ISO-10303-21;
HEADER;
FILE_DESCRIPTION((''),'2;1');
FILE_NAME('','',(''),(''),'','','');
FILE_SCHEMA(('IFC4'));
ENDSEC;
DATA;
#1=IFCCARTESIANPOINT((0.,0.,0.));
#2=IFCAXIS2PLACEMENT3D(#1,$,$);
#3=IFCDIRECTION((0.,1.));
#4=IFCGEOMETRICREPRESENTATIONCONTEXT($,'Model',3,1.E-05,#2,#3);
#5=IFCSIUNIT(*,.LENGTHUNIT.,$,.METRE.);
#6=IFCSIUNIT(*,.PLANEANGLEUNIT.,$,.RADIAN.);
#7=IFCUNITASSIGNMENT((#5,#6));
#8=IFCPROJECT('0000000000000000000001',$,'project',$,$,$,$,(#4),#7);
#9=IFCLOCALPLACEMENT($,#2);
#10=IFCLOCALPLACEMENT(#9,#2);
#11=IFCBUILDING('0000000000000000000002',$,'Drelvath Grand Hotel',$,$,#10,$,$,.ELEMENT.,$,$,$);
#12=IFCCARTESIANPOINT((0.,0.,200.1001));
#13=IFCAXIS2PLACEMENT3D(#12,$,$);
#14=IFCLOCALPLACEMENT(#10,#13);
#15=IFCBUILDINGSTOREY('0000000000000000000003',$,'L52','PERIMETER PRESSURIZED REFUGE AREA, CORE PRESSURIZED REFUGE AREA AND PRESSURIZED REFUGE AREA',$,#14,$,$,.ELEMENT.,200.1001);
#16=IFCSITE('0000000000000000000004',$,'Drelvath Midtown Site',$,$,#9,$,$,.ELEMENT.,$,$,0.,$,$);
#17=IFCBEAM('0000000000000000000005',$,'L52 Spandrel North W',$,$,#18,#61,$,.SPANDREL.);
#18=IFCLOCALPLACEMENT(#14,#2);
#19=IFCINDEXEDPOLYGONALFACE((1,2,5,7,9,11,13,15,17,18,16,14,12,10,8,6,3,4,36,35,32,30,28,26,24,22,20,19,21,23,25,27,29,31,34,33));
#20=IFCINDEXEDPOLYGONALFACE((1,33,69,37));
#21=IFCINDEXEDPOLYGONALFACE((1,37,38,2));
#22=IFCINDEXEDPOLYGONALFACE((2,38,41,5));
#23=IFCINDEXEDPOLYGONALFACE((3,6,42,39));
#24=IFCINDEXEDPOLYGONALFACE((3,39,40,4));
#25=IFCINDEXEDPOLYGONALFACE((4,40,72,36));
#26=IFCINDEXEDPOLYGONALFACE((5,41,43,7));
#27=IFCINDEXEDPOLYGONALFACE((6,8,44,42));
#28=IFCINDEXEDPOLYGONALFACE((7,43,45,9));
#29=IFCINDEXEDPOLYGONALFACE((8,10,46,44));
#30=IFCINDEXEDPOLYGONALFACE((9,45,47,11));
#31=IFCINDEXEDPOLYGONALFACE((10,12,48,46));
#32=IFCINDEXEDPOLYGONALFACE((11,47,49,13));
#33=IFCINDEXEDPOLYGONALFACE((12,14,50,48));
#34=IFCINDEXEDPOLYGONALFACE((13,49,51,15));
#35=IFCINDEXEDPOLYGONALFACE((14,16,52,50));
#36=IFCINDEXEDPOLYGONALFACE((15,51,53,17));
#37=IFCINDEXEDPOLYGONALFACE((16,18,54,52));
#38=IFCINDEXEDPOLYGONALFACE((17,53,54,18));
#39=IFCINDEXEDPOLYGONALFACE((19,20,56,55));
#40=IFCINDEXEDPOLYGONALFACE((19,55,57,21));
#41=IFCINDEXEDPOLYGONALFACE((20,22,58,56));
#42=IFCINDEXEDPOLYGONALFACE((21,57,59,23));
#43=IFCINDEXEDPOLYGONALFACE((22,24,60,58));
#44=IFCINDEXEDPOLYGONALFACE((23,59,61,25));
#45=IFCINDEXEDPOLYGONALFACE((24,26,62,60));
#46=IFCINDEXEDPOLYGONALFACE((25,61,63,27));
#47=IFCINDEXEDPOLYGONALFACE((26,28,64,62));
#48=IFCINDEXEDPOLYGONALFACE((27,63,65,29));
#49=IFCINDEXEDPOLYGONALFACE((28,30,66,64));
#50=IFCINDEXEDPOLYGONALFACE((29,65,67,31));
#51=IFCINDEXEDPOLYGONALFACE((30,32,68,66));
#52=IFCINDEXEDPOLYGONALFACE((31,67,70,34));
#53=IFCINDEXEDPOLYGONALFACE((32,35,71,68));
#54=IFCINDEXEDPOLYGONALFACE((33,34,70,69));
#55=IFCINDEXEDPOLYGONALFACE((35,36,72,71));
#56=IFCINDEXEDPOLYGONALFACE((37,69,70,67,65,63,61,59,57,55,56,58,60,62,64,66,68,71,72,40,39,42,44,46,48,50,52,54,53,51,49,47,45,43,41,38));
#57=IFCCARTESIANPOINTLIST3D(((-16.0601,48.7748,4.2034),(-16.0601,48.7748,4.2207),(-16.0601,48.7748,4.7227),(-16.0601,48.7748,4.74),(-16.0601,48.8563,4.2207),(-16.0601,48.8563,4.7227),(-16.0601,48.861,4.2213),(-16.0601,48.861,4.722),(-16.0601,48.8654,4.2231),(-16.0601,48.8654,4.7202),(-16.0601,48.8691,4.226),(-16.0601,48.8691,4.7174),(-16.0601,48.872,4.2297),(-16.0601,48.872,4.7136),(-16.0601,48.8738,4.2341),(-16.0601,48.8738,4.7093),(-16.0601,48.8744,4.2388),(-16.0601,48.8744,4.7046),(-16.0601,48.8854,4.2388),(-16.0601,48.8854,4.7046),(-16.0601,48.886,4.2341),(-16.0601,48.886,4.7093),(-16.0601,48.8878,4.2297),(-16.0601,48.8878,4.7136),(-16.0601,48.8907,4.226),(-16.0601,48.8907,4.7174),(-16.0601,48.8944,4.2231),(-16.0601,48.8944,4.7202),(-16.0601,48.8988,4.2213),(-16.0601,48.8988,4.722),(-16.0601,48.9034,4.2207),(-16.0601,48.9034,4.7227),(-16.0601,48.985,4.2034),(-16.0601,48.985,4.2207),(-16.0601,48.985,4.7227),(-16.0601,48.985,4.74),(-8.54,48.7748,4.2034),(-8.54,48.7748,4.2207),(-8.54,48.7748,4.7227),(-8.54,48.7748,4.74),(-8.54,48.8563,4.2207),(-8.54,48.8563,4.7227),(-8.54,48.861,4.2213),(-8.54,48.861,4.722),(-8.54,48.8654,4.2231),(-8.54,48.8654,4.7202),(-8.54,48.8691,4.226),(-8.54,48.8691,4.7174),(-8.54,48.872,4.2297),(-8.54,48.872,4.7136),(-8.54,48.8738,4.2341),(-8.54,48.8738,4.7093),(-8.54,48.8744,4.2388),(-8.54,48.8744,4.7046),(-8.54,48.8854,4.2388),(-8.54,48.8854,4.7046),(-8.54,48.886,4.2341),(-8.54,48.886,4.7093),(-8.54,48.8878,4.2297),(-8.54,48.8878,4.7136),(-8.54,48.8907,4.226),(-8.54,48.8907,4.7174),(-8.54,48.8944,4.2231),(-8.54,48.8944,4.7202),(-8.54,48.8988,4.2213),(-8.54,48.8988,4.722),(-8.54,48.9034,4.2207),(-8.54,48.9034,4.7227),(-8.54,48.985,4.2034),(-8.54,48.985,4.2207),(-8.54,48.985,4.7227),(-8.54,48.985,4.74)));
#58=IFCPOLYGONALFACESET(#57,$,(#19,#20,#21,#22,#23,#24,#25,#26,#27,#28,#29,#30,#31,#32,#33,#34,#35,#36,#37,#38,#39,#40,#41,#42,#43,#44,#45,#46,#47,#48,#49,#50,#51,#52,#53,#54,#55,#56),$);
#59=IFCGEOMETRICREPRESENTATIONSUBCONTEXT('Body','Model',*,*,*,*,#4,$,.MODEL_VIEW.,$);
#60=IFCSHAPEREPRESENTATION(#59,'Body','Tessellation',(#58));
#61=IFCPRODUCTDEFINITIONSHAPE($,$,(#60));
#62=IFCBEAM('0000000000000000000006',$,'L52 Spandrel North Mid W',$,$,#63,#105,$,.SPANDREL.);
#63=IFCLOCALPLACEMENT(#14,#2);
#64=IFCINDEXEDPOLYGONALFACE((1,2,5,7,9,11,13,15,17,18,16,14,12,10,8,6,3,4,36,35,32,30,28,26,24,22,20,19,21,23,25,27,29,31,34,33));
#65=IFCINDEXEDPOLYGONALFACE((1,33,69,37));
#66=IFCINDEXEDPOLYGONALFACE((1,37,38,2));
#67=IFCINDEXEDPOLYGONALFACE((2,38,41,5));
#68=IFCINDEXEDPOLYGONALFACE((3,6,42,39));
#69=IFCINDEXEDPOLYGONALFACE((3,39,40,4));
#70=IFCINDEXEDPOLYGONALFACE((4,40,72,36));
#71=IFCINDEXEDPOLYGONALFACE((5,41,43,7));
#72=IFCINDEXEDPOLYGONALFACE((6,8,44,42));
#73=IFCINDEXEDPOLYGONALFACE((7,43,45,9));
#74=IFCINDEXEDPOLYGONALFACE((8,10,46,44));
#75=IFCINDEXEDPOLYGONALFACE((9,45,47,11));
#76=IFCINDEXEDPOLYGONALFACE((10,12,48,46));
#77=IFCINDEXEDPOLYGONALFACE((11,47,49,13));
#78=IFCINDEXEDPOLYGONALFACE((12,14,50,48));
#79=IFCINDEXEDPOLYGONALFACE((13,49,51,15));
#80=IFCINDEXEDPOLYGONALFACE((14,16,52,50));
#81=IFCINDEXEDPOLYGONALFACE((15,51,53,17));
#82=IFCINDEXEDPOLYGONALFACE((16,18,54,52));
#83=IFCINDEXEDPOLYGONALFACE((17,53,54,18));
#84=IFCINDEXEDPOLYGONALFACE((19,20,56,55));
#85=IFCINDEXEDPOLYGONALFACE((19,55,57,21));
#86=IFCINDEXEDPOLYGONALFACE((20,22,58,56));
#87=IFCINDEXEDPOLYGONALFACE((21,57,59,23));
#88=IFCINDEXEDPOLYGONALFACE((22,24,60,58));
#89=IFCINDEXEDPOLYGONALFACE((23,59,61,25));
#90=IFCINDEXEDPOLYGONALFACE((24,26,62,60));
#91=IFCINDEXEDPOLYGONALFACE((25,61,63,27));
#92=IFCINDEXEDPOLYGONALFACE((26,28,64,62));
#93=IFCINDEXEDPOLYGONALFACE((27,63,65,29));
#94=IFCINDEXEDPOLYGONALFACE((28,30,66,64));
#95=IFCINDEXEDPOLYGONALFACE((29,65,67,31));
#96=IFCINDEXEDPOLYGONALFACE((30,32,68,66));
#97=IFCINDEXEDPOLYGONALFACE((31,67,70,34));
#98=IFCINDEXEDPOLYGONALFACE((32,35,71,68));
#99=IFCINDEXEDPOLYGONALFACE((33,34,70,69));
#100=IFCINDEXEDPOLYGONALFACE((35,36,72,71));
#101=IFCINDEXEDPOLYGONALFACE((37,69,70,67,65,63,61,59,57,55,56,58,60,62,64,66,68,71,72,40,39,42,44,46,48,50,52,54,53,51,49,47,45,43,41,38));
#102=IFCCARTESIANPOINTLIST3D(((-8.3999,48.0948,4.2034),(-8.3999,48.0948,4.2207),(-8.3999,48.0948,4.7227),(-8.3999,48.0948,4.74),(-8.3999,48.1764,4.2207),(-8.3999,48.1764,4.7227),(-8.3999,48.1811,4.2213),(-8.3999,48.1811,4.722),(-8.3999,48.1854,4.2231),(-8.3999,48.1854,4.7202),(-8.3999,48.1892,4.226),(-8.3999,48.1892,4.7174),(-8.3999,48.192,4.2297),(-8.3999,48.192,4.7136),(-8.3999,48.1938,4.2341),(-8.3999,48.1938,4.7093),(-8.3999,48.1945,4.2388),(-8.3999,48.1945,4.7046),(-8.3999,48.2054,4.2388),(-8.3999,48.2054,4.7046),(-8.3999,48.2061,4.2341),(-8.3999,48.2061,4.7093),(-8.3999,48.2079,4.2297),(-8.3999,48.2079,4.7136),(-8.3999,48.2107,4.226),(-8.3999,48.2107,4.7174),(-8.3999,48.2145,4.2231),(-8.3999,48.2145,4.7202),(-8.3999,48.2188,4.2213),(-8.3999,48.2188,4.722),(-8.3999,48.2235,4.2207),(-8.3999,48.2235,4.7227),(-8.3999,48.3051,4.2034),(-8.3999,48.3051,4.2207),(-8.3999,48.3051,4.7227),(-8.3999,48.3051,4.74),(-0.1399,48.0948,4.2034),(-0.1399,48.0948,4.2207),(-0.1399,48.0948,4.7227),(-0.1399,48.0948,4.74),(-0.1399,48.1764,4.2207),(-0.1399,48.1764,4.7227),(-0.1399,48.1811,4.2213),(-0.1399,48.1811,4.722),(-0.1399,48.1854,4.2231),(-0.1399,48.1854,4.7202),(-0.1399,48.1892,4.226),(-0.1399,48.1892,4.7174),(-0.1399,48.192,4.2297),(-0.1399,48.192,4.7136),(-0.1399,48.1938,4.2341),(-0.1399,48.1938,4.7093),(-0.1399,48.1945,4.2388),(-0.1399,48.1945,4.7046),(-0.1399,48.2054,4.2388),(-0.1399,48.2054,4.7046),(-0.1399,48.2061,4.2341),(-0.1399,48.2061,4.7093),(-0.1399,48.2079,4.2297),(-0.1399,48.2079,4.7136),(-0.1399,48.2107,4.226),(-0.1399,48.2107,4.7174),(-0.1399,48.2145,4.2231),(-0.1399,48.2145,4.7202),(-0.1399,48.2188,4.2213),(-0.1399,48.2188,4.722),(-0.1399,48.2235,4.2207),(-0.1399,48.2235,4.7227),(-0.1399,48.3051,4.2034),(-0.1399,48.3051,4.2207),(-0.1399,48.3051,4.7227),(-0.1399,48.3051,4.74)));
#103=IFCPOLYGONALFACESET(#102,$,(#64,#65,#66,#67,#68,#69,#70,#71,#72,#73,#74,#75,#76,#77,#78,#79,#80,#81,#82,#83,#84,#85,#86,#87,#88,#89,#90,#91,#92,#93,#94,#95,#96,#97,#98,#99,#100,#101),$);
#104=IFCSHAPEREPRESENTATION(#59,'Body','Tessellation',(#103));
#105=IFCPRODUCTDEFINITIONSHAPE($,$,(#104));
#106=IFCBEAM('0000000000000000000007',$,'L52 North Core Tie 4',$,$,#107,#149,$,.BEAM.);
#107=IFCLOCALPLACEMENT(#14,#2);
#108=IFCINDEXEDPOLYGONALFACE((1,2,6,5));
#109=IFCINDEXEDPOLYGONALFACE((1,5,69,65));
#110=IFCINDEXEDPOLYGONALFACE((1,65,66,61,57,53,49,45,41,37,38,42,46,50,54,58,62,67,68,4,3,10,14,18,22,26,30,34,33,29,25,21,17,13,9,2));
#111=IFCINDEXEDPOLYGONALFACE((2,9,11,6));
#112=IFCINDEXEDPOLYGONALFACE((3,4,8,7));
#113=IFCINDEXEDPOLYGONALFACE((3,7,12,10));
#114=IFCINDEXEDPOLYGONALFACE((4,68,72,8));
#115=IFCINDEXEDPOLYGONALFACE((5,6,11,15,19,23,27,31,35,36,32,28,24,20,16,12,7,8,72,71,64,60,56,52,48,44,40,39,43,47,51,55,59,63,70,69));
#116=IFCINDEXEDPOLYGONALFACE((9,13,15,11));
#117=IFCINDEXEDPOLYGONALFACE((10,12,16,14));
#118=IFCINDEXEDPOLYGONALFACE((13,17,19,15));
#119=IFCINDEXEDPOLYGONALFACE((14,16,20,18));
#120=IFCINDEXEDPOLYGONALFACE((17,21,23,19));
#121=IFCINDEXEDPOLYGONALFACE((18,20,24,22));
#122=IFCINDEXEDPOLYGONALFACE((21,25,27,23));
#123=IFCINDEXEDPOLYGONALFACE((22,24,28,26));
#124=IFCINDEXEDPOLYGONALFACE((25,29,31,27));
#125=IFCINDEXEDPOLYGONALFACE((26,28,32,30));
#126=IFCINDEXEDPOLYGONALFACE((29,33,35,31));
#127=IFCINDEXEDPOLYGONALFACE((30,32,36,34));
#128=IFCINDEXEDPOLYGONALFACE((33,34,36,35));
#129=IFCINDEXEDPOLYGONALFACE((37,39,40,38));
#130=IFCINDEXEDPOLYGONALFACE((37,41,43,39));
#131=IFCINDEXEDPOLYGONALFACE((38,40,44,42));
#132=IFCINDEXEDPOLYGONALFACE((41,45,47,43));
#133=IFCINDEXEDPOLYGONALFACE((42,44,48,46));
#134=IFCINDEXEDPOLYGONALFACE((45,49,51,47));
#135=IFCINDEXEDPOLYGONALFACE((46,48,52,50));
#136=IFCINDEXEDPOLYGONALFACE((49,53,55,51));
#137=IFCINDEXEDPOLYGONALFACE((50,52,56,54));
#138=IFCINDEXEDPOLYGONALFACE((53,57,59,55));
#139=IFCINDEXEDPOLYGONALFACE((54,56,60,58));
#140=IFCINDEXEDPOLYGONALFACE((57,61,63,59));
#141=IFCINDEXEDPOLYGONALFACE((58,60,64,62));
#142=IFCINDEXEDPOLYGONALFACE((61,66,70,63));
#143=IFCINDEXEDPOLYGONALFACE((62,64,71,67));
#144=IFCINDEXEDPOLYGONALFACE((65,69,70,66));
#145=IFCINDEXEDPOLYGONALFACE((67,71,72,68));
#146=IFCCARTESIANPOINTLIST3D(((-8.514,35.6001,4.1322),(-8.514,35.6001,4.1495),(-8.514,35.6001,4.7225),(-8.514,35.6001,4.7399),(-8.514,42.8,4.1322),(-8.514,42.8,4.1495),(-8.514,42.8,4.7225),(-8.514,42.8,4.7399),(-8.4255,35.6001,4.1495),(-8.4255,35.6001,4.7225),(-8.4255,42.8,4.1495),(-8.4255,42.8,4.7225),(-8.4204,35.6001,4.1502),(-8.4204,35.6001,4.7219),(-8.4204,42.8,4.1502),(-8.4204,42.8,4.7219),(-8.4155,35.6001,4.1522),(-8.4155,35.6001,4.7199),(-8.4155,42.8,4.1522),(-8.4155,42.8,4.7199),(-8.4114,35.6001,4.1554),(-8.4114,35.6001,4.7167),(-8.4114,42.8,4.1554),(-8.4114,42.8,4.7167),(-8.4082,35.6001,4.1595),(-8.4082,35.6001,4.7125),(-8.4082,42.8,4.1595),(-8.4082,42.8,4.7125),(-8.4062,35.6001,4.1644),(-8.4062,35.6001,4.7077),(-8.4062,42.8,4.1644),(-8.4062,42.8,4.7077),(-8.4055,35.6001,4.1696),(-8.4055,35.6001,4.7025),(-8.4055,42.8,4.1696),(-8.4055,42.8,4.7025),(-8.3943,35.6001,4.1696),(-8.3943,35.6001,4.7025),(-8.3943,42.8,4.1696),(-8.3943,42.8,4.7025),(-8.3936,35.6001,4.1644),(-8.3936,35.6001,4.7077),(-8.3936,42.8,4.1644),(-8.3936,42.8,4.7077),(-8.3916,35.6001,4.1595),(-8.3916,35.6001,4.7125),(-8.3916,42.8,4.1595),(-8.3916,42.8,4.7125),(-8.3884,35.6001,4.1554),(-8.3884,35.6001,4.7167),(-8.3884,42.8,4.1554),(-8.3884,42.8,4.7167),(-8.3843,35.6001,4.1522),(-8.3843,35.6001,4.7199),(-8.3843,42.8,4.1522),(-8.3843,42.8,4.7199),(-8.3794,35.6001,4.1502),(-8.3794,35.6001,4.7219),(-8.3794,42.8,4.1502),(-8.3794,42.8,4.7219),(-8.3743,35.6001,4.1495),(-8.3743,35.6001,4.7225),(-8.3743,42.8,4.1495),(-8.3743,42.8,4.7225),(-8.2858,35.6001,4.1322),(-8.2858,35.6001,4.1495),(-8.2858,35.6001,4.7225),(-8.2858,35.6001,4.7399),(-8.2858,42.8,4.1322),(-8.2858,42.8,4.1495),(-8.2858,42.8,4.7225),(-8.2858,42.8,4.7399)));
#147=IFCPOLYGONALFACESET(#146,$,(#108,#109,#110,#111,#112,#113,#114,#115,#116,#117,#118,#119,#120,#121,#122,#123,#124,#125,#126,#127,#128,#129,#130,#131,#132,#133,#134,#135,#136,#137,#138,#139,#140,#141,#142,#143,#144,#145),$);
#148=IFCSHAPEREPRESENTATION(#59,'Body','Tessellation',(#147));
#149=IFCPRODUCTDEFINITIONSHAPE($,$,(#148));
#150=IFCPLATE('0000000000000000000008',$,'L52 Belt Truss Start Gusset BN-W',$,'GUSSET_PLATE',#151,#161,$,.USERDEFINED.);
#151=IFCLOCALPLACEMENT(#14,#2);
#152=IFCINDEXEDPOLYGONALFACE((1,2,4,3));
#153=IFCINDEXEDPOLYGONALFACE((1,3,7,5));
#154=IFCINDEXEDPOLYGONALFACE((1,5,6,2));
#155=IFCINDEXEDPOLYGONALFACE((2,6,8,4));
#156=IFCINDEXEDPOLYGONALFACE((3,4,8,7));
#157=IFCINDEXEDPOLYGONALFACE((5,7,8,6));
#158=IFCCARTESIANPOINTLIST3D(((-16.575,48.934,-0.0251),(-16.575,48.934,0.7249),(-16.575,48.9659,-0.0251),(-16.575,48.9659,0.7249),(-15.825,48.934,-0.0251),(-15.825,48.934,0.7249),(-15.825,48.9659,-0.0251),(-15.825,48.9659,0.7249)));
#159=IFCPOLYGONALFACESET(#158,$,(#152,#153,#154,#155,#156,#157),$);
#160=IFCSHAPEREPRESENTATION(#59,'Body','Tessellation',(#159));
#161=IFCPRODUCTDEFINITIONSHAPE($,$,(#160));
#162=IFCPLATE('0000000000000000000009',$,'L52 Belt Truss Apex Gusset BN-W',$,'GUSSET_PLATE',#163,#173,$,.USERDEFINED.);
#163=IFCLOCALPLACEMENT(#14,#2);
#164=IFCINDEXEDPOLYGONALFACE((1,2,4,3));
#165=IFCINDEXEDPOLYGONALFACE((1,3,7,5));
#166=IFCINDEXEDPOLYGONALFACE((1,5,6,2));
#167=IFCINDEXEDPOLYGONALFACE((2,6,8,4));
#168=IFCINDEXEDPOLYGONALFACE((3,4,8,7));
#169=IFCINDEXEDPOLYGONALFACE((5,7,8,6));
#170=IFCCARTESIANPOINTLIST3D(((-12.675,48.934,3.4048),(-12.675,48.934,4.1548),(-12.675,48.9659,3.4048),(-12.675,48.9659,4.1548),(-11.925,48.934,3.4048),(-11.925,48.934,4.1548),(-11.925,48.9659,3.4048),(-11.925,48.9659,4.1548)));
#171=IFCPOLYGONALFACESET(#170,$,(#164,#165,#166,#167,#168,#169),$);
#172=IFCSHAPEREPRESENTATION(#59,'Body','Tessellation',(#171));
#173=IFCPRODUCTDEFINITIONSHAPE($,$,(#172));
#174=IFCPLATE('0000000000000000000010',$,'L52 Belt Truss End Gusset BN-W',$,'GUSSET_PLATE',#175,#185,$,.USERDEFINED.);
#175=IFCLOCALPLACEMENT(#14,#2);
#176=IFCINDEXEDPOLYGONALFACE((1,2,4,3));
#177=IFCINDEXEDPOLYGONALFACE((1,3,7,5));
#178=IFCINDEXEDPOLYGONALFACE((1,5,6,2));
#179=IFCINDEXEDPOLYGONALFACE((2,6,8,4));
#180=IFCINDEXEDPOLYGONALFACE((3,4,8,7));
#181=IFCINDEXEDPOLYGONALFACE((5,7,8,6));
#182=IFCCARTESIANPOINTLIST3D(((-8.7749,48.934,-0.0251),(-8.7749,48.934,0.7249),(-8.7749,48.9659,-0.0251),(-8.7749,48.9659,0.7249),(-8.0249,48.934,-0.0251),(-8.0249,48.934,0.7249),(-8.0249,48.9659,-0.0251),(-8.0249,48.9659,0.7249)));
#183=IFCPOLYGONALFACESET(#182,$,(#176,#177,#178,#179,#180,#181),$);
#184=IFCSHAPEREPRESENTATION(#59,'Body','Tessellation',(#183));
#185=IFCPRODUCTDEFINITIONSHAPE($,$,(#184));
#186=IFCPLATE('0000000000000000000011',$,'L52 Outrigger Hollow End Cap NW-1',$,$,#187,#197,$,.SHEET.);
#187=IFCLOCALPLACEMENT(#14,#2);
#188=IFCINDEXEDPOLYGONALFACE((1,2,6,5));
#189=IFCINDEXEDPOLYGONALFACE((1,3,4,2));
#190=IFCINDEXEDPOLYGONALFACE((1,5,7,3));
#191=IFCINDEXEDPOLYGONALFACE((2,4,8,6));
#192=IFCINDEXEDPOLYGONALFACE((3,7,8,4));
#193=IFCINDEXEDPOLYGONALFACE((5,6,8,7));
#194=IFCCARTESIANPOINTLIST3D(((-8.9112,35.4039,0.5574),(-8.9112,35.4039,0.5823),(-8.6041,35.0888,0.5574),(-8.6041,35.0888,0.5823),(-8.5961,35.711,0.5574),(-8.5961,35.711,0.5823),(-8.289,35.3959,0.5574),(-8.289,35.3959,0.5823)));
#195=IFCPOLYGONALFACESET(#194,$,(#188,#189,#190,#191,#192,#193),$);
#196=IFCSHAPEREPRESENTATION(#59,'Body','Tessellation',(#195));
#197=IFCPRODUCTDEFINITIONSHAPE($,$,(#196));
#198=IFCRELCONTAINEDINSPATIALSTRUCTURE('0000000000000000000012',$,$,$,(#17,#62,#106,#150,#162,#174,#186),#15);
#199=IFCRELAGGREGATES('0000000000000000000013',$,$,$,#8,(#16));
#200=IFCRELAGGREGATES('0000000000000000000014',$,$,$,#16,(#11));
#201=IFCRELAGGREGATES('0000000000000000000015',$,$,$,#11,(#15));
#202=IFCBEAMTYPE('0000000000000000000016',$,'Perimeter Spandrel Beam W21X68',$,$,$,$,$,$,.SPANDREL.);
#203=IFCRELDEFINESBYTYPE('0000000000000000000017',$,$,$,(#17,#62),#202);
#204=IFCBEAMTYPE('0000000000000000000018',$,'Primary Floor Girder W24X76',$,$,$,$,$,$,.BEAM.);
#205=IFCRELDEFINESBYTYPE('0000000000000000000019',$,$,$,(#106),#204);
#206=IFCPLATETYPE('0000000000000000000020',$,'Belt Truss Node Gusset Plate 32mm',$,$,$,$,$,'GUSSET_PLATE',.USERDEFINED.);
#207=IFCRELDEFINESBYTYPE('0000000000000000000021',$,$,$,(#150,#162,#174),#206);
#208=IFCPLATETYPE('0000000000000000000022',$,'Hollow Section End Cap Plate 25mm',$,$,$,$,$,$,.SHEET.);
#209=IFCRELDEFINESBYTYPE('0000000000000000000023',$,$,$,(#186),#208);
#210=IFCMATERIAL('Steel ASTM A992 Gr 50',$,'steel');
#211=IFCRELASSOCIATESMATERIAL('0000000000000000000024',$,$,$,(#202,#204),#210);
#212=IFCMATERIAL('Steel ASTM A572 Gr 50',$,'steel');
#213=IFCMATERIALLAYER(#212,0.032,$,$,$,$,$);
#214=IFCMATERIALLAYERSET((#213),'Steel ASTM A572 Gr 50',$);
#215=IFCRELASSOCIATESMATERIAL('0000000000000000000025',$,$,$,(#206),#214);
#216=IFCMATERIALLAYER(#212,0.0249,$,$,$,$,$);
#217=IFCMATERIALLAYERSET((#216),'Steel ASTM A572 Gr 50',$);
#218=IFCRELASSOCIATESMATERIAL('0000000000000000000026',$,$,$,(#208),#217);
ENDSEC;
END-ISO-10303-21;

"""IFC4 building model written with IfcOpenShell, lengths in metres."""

from ifc_helpers import new_model, si_unit, direction, frame, origin, origin_2d, place, context, subcontext, project, spatial, rectangle, i_section, extrude, material, layer, layer_set, material_profile, profile_set, type_object, element, save


model = new_model("IFC4")

# Units and contexts
model_context = context("Model", 3, precision=1e-05, world=origin(), true_north=direction((0.0, 1.0)))
body_context = subcontext(model_context, "Body", "Model", "MODEL_VIEW")
ifc_project = project(units=[si_unit("LENGTHUNIT", "METRE"), si_unit("PLANEANGLEUNIT", "RADIAN")], contexts=[model_context])

# Site, building, storey
site_placement = place(None, origin())
site = spatial("IfcSite", under=ifc_project, at=site_placement, Name="Drelvath Midtown Site", CompositionType="ELEMENT", RefElevation=0.0)
building_placement = place(site_placement, origin())
building = spatial("IfcBuilding", under=site, at=building_placement, Name="Drelvath Grand Hotel", CompositionType="ELEMENT")
storey_placement = place(building_placement, frame((0.0, 0.0, 200.1001)))
storey = spatial("IfcBuildingStorey", under=building, at=storey_placement, Name="L52", Description="PERIMETER PRESSURIZED REFUGE AREA, CORE PRESSURIZED REFUGE AREA AND PRESSURIZED REFUGE AREA", CompositionType="ELEMENT", Elevation=200.1001)

# Shared definitions
ifc_material_1 = material(Name="Steel ASTM A572 Gr 50", Category="steel")

# Beams
ifc_material_2 = material(Name="Steel ASTM A992 Gr 50", Category="steel")
ifc_material_profile_1 = material_profile(ifc_material_2, i_section(OverallWidth=0.2102, OverallDepth=0.5366, WebThickness=0.011, FlangeThickness=0.0173, FilletRadius=0.0181, at=origin_2d()), Name="W21X68")
ifc_profile_set_1 = profile_set([ifc_material_profile_1], Name="Steel ASTM A992 Gr 50")
beam_type_1 = type_object("IfcBeamType", Name="Perimeter Spandrel Beam W21X68", PredefinedType="SPANDREL", material=ifc_profile_set_1)
beam_1_placement = place(storey_placement, frame((-16.0601, 48.8799, 4.4717), z_axis=(1.0, 0.0, 0.0), x_axis=(0.0, 1.0, 0.0)))
element("IfcBeam", 1, at=beam_1_placement, inside=storey, type_object=beam_type_1, Name="L52 Spandrel North W", PredefinedType="SPANDREL", context=body_context, shape_type="SweptSolid", body=[
    extrude(i_section(OverallWidth=0.2102, OverallDepth=0.5366, WebThickness=0.011, FlangeThickness=0.0173, FilletRadius=0.0181, at=origin_2d()), origin(), (0.0, 0.0, 1.0), 7.52),
])
beam_2_placement = place(storey_placement, frame((-8.3999, 48.2, 4.4717), z_axis=(1.0, 0.0, 0.0), x_axis=(0.0, 1.0, 0.0)))
element("IfcBeam", 2, at=beam_2_placement, inside=storey, type_object=beam_type_1, Name="L52 Spandrel North Mid W", PredefinedType="SPANDREL", context=body_context, shape_type="SweptSolid", body=[
    extrude(i_section(OverallWidth=0.2102, OverallDepth=0.5366, WebThickness=0.011, FlangeThickness=0.0173, FilletRadius=0.0181, at=origin_2d()), origin(), (0.0, 0.0, 1.0), 8.26),
])
ifc_material_profile_2 = material_profile(ifc_material_2, i_section(OverallWidth=0.2283, OverallDepth=0.6077, WebThickness=0.0112, FlangeThickness=0.0173, FilletRadius=0.02, at=origin_2d()), Name="W24X76")
ifc_profile_set_2 = profile_set([ifc_material_profile_2], Name="Steel ASTM A992 Gr 50")
beam_type_2 = type_object("IfcBeamType", Name="Primary Floor Girder W24X76", PredefinedType="BEAM", material=ifc_profile_set_2)
beam_3_placement = place(storey_placement, frame((-8.3999, 35.6001, 4.436), z_axis=(0.0, 1.0, 0.0), x_axis=(-1.0, 0.0, 0.0)))
element("IfcBeam", 3, at=beam_3_placement, inside=storey, type_object=beam_type_2, Name="L52 North Core Tie 4", PredefinedType="BEAM", context=body_context, shape_type="SweptSolid", body=[
    extrude(i_section(OverallWidth=0.2283, OverallDepth=0.6077, WebThickness=0.0112, FlangeThickness=0.0173, FilletRadius=0.02, at=origin_2d()), origin(), (0.0, 0.0, 1.0), 7.2),
])

# Plates
ifc_layer_1 = layer(ifc_material_1, 0.032)
ifc_layer_set_1 = layer_set([ifc_layer_1], Name="Steel ASTM A572 Gr 50")
plate_type_1 = type_object("IfcPlateType", Name="Belt Truss Node Gusset Plate 32mm", ElementType="GUSSET_PLATE", PredefinedType="USERDEFINED", material=ifc_layer_set_1)
for number, where, z_axis, x_axis, name in (
    (4, (-16.2, 48.95, -0.0251), (0.0, 0.0, 1.0), (1.0, 0.0, 0.0), "L52 Belt Truss Start Gusset BN-W"),
    (5, (-12.3, 48.95, 3.4048), (0.0, 0.0, 1.0), (1.0, 0.0, 0.0), "L52 Belt Truss Apex Gusset BN-W"),
    (6, (-8.3999, 48.95, -0.0251), (0.0, 0.0, 1.0), (1.0, 0.0, 0.0), "L52 Belt Truss End Gusset BN-W"),
):
    element("IfcPlate", number, at=place(storey_placement, frame(where, z_axis=z_axis, x_axis=x_axis)), inside=storey, type_object=plate_type_1, Name=name, ObjectType="GUSSET_PLATE", PredefinedType="USERDEFINED", context=body_context, shape_type="SweptSolid", body=[
        extrude(rectangle(XDim=0.75, YDim=0.032, at=origin_2d()), origin(), (0.0, 0.0, 1.0), 0.75),
    ])
ifc_layer_2 = layer(ifc_material_1, 0.0249)
ifc_layer_set_2 = layer_set([ifc_layer_2], Name="Steel ASTM A572 Gr 50")
plate_type_2 = type_object("IfcPlateType", Name="Hollow Section End Cap Plate 25mm", PredefinedType="SHEET", material=ifc_layer_set_2)
for number, where, z_axis, x_axis, name in (
    (7, (-8.6001, 35.3999, 0.5574), (0.0, 0.0, 1.0), (-0.697865, 0.71623, 0.0), "L52 Outrigger Hollow End Cap NW-1"),
):
    element("IfcPlate", number, at=place(storey_placement, frame(where, z_axis=z_axis, x_axis=x_axis)), inside=storey, type_object=plate_type_2, Name=name, PredefinedType="SHEET", context=body_context, shape_type="SweptSolid", body=[
        extrude(rectangle(XDim=0.4399, YDim=0.4399, at=origin_2d()), origin(), (0.0, 0.0, 1.0), 0.0249),
    ])

save(model, "model.ifc")
